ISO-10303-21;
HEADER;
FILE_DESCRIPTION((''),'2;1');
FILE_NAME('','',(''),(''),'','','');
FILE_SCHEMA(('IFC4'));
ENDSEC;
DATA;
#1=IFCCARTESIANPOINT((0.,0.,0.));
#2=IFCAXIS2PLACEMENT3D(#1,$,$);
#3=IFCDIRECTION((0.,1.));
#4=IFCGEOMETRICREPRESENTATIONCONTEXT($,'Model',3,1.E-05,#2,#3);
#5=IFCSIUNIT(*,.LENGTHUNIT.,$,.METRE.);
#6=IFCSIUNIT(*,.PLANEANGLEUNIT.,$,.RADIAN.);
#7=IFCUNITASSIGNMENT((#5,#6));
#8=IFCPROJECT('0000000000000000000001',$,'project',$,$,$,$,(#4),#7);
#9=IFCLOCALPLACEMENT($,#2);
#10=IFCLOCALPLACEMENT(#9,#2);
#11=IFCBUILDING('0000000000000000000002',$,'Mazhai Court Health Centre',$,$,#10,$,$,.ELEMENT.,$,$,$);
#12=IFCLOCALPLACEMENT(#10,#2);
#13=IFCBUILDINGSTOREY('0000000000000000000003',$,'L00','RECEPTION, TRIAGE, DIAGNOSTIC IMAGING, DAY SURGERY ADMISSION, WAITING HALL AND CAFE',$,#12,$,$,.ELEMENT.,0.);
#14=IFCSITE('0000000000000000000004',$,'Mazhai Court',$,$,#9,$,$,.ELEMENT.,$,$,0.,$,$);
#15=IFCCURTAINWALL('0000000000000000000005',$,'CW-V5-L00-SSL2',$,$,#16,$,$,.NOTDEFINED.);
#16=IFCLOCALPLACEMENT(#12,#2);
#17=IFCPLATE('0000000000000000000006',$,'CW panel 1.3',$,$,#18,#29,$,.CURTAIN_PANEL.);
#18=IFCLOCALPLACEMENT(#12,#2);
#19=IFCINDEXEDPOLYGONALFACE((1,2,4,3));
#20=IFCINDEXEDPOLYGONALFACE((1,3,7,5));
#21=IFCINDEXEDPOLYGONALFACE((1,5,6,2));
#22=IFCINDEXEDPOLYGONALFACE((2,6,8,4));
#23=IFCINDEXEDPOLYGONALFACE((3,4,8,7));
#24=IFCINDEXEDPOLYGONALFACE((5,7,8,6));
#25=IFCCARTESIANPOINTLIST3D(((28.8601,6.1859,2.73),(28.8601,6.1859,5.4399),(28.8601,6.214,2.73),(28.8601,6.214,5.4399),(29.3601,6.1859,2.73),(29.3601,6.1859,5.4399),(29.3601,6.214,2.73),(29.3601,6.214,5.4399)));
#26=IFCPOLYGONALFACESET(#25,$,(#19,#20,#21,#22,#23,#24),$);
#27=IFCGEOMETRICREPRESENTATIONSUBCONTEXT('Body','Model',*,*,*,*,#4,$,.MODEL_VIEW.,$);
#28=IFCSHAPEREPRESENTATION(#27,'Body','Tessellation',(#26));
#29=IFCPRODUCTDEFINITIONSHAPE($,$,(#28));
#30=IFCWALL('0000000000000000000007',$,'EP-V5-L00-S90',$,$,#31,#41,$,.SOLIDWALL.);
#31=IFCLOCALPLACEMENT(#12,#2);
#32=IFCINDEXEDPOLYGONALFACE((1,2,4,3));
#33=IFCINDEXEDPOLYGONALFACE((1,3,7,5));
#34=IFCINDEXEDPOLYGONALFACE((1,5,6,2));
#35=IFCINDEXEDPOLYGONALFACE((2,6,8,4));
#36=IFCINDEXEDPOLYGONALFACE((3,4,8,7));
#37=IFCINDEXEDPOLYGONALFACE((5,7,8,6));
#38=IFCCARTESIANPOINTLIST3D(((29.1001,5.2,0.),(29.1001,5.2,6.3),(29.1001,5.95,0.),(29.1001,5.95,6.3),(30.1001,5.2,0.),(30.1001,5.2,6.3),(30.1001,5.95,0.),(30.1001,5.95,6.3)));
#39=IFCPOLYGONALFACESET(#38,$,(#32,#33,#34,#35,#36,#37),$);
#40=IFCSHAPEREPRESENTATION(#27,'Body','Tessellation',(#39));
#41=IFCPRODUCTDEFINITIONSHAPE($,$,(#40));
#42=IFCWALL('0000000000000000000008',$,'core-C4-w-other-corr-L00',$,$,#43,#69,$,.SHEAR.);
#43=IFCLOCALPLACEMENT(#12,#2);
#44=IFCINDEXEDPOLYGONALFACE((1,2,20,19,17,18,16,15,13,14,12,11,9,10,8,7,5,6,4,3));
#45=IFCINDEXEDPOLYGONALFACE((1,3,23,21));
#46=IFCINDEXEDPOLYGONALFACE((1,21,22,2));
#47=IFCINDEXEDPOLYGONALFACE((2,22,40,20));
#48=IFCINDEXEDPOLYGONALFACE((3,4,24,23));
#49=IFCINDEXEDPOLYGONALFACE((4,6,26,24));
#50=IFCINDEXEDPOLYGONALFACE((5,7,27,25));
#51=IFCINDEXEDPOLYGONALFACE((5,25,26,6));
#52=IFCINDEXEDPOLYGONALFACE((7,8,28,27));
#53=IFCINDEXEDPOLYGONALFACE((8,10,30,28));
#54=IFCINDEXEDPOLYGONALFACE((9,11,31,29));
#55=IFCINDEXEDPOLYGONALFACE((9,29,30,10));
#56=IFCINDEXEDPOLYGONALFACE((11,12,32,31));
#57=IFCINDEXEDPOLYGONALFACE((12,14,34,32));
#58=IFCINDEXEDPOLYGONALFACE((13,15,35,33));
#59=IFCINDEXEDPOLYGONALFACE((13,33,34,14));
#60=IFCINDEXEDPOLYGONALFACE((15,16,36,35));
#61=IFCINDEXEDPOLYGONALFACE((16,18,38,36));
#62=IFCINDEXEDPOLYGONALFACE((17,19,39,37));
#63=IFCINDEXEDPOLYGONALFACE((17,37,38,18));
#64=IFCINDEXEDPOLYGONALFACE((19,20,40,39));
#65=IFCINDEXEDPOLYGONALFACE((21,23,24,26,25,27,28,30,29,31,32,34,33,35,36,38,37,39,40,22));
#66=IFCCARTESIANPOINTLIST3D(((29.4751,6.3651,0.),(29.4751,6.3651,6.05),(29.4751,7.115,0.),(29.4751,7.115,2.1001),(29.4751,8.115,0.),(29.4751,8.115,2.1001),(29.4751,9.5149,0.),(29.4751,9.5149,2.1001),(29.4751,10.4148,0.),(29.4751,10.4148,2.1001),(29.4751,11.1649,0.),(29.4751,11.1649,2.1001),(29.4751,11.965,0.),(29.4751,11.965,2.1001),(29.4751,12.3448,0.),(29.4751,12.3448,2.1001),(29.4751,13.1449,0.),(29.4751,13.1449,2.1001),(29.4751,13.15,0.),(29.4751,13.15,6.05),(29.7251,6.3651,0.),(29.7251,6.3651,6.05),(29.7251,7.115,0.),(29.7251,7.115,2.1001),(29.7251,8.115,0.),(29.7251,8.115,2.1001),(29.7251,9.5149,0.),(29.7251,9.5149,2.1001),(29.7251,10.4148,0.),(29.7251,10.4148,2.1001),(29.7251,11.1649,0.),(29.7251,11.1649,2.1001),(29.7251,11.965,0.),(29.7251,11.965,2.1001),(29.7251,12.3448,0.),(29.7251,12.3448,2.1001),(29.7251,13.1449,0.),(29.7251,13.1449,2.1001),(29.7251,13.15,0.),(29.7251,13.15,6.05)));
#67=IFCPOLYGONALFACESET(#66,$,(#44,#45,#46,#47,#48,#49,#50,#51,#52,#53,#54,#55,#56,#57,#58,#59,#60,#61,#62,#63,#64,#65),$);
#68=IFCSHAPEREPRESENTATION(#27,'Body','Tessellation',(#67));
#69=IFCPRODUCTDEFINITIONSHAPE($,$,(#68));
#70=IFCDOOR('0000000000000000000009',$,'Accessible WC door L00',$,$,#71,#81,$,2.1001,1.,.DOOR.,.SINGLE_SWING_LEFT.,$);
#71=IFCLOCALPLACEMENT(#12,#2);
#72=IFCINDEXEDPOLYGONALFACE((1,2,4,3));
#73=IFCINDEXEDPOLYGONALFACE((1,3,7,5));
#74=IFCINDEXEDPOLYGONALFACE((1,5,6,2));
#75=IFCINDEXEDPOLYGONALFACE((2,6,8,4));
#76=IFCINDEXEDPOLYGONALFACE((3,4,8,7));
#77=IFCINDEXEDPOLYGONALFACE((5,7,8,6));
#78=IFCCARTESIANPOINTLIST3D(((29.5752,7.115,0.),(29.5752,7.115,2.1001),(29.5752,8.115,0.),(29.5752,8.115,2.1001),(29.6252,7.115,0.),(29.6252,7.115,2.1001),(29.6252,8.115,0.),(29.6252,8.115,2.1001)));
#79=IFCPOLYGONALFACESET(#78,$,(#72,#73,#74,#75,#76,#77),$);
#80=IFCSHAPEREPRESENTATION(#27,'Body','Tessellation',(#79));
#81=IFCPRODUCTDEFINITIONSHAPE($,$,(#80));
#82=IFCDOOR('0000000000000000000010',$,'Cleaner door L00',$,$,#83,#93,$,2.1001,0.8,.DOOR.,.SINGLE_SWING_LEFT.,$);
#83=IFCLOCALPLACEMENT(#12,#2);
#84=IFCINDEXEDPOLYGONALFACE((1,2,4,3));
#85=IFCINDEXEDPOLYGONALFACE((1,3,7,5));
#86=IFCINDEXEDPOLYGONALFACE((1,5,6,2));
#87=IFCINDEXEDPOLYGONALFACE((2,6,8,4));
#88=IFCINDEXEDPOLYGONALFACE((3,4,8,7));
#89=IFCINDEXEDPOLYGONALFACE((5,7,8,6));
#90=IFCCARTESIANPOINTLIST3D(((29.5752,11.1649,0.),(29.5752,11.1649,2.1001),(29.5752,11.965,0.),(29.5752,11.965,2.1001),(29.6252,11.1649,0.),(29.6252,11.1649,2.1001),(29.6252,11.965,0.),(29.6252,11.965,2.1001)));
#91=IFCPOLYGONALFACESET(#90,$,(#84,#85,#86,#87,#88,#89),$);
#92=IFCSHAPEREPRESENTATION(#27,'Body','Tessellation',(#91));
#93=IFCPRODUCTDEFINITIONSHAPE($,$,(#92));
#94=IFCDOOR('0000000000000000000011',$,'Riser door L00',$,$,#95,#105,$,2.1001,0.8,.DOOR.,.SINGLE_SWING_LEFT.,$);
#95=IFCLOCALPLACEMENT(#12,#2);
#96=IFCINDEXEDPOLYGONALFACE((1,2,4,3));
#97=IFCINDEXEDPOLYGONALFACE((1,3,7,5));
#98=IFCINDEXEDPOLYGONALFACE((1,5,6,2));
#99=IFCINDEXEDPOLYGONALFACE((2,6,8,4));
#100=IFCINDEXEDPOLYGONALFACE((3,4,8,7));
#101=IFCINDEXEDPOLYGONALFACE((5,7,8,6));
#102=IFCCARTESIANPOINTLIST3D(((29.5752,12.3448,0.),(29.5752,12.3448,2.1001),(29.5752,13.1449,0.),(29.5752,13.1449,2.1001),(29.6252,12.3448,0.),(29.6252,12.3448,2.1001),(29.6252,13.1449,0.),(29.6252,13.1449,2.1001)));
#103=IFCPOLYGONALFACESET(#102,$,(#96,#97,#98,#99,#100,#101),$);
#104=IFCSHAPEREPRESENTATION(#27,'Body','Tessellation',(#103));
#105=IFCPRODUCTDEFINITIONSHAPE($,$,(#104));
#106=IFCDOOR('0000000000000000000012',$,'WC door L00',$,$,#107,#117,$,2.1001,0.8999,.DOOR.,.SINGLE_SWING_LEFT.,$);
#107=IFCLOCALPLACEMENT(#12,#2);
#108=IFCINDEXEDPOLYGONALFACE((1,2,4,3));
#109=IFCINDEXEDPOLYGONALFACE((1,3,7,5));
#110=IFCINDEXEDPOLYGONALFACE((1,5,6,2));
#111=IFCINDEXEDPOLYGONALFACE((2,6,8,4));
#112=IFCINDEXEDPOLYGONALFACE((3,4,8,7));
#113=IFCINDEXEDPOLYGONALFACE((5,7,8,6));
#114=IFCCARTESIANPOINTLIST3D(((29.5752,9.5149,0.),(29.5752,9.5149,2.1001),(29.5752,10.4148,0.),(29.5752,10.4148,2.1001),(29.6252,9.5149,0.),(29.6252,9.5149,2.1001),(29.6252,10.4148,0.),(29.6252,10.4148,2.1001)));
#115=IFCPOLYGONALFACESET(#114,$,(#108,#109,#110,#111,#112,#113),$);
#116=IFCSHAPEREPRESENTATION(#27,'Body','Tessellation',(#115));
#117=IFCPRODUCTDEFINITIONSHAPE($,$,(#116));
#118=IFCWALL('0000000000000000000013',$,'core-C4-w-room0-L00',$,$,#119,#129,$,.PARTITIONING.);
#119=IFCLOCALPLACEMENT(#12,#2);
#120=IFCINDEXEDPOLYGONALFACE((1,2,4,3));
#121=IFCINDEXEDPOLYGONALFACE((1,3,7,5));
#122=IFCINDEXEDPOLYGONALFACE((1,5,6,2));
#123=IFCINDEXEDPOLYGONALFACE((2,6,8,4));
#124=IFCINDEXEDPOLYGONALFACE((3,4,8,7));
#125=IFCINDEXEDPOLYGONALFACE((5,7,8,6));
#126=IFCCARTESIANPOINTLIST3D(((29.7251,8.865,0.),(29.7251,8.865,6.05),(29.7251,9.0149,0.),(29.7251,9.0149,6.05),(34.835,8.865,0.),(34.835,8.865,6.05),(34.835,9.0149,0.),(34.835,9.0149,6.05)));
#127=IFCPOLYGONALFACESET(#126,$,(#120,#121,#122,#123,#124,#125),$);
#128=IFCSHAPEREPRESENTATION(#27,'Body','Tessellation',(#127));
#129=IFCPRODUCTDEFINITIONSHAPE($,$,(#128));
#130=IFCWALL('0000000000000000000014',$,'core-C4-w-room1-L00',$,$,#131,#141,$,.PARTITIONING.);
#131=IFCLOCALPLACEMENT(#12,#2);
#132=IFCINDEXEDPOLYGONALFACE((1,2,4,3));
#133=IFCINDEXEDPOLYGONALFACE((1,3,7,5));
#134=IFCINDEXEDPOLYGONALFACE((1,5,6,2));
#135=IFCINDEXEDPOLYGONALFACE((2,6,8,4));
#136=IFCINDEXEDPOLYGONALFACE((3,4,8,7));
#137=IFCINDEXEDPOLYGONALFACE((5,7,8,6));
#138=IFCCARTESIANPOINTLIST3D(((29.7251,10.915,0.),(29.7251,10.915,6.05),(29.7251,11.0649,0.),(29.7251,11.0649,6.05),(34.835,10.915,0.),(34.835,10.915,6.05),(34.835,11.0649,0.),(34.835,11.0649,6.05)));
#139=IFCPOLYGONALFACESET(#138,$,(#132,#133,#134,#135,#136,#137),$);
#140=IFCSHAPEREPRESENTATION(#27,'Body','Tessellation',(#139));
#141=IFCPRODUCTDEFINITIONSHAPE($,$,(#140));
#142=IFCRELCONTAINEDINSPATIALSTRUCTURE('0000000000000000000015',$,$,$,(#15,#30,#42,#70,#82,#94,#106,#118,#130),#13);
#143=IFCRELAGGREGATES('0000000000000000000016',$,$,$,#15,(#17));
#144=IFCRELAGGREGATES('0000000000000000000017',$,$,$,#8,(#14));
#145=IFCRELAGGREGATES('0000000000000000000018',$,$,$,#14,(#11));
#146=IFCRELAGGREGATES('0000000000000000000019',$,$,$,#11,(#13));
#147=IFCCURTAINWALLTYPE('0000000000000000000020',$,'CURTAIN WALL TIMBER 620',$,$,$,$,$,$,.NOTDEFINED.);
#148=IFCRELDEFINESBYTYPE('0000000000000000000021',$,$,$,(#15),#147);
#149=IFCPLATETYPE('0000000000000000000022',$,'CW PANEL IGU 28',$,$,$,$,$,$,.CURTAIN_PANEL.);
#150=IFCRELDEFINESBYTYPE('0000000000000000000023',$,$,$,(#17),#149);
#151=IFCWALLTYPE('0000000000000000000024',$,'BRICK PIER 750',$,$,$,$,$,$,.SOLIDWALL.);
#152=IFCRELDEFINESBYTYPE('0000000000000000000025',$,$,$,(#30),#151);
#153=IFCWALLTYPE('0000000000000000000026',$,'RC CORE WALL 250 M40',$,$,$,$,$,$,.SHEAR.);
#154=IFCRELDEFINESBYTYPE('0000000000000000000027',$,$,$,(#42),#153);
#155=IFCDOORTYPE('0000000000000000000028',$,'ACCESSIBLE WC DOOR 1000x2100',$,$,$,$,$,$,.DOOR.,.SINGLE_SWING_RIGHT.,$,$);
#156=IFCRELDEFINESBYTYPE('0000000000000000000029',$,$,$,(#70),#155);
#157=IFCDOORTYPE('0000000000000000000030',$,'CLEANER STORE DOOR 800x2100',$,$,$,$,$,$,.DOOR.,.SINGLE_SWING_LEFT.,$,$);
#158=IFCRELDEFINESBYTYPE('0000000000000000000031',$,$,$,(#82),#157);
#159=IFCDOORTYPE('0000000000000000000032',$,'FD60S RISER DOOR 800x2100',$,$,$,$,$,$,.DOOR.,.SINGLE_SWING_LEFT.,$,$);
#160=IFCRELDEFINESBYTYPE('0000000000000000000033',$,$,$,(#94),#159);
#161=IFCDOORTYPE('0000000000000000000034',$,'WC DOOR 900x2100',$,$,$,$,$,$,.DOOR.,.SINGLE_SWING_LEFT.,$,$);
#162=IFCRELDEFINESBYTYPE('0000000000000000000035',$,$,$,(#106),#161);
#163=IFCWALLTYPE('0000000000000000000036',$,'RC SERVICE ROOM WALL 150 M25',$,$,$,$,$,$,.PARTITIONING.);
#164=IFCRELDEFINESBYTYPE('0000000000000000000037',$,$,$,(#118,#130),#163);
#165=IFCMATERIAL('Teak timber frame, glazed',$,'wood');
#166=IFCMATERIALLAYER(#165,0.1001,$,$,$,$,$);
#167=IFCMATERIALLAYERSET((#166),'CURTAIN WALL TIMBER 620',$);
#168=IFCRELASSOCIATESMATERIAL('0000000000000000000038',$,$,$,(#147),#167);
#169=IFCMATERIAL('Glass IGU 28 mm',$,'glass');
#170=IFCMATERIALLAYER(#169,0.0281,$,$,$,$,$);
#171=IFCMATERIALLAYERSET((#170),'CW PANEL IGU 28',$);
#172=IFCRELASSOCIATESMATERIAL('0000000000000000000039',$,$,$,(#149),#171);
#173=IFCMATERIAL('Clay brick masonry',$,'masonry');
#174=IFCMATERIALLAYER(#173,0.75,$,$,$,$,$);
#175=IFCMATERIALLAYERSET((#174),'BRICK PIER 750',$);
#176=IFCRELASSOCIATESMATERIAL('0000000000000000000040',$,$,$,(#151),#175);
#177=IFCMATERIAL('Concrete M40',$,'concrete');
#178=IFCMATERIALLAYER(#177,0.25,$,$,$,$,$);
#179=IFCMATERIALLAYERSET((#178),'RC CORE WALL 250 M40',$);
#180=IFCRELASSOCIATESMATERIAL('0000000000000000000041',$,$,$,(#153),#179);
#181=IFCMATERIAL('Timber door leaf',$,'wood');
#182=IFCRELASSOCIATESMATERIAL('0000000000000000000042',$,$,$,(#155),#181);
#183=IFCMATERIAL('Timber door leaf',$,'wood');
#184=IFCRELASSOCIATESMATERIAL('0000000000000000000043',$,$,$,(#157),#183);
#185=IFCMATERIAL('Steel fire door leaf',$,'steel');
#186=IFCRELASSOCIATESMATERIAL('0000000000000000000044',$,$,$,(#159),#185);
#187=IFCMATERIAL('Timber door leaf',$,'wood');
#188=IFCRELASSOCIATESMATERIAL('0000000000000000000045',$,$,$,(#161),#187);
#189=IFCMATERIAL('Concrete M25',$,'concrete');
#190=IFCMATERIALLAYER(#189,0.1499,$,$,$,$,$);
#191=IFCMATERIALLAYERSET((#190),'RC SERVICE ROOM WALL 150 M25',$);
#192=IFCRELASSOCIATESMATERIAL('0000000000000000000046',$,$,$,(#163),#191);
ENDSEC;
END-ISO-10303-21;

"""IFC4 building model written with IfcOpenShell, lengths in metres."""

from ifc_helpers import new_model, si_unit, direction, frame, frame_2d, origin, origin_2d, place, context, subcontext, project, spatial, rectangle, extrude, material, layer, layer_set, type_object, element, fill, aggregate, save


model = new_model("IFC4")

# Units and contexts
model_context = context("Model", 3, precision=1e-05, world=origin(), true_north=direction((0.0, 1.0)))
body_context = subcontext(model_context, "Body", "Model", "MODEL_VIEW")
ifc_project = project(units=[si_unit("LENGTHUNIT", "METRE"), si_unit("PLANEANGLEUNIT", "RADIAN")], contexts=[model_context])

# Site, building, storey
site_placement = place(None, origin())
site = spatial("IfcSite", under=ifc_project, at=site_placement, Name="Mazhai Court", CompositionType="ELEMENT", RefElevation=0.0)
building_placement = place(site_placement, origin())
building = spatial("IfcBuilding", under=site, at=building_placement, Name="Mazhai Court Health Centre", CompositionType="ELEMENT")
storey_placement = place(building_placement, origin())
storey = spatial("IfcBuildingStorey", under=building, at=storey_placement, Name="L00", Description="RECEPTION, TRIAGE, DIAGNOSTIC IMAGING, DAY SURGERY ADMISSION, WAITING HALL AND CAFE", CompositionType="ELEMENT", Elevation=0.0)

# Shared definitions
ifc_material_1 = material(Name="Teak timber frame, glazed", Category="wood")
ifc_layer_1 = layer(ifc_material_1, 0.1001)
ifc_layer_set_1 = layer_set([ifc_layer_1], Name="CURTAIN WALL TIMBER 620")
curtain_wall_type = type_object("IfcCurtainWallType", Name="CURTAIN WALL TIMBER 620", PredefinedType="NOTDEFINED", material=ifc_layer_set_1)

# Curtain wall, plate
curtain_wall_1_placement = place(storey_placement, origin())
curtain_wall_1 = element("IfcCurtainWall", 1, at=curtain_wall_1_placement, inside=storey, type_object=curtain_wall_type, Name="CW-V5-L00-SSL2", PredefinedType="NOTDEFINED")
ifc_material_2 = material(Name="Glass IGU 28 mm", Category="glass")
ifc_layer_2 = layer(ifc_material_2, 0.0281)
ifc_layer_set_2 = layer_set([ifc_layer_2], Name="CW PANEL IGU 28")
plate_type = type_object("IfcPlateType", Name="CW PANEL IGU 28", PredefinedType="CURTAIN_PANEL", material=ifc_layer_set_2)
plate_1_placement = place(storey_placement, frame((29.1101, 6.2, 2.73), z_axis=(0.0, 0.0, 1.0), x_axis=(-1.0, 0.0, 0.0)))
plate_1 = element("IfcPlate", 2, at=plate_1_placement, type_object=plate_type, Name="CW panel 1.3", PredefinedType="CURTAIN_PANEL", context=body_context, shape_type="SweptSolid", body=[
    extrude(rectangle(XDim=0.5, YDim=0.0281, at=origin_2d()), origin(), (0.0, 0.0, 1.0), 2.71),
])
aggregate(curtain_wall_1, [plate_1])

# Wall
ifc_material_3 = material(Name="Clay brick masonry", Category="masonry")
ifc_layer_3 = layer(ifc_material_3, 0.75)
ifc_layer_set_3 = layer_set([ifc_layer_3], Name="BRICK PIER 750")
wall_type_1 = type_object("IfcWallType", Name="BRICK PIER 750", PredefinedType="SOLIDWALL", material=ifc_layer_set_3)
wall_1_placement = place(storey_placement, frame((30.1001, 5.575, 0.0), z_axis=(0.0, 0.0, 1.0), x_axis=(-1.0, 0.0, 0.0)))
element("IfcWall", 3, at=wall_1_placement, inside=storey, type_object=wall_type_1, Name="EP-V5-L00-S90", PredefinedType="SOLIDWALL", context=body_context, shape_type="SweptSolid", body=[
    extrude(rectangle(XDim=1.0, YDim=0.75, at=frame_2d((0.5, 0.0))), origin(), (0.0, 0.0, 1.0), 6.3),
])

# Wall, openings, doors
ifc_material_4 = material(Name="Concrete M40", Category="concrete")
ifc_layer_4 = layer(ifc_material_4, 0.25)
ifc_layer_set_4 = layer_set([ifc_layer_4], Name="RC CORE WALL 250 M40")
wall_type_2 = type_object("IfcWallType", Name="RC CORE WALL 250 M40", PredefinedType="SHEAR", material=ifc_layer_set_4)
wall_2_placement = place(storey_placement, frame((29.6001, 6.365, 0.0), z_axis=(0.0, 0.0, 1.0), x_axis=(0.0, 1.0, 0.0)))
wall_2 = element("IfcWall", 4, at=wall_2_placement, inside=storey, type_object=wall_type_2, Name="core-C4-w-other-corr-L00", PredefinedType="SHEAR", context=body_context, shape_type="SweptSolid", body=[
    extrude(rectangle(XDim=6.7849, YDim=0.25, at=frame_2d((3.3926, 0.0))), origin(), (0.0, 0.0, 1.0), 6.05),
])
opening_1_placement = place(wall_2_placement, frame((0.75, 0.0, 0.0)))
opening_1 = element("IfcOpeningElement", 5, at=opening_1_placement, cuts=wall_2, PredefinedType="OPENING", context=body_context, shape_type="SweptSolid", body=[
    extrude(rectangle(XDim=1.0, YDim=2.1001, at=frame_2d((0.5, 1.05))), frame((0.0, 0.135, 0.0), z_axis=(0.0, -1.0, 0.0), x_axis=(1.0, 0.0, 0.0)), (0.0, 0.0, 1.0), 0.27),
])
opening_2_placement = place(wall_2_placement, frame((3.1499, 0.0, 0.0)))
opening_2 = element("IfcOpeningElement", 6, at=opening_2_placement, cuts=wall_2, PredefinedType="OPENING", context=body_context, shape_type="SweptSolid", body=[
    extrude(rectangle(XDim=0.8999, YDim=2.1001, at=frame_2d((0.45, 1.05))), frame((0.0, 0.135, 0.0), z_axis=(0.0, -1.0, 0.0), x_axis=(1.0, 0.0, 0.0)), (0.0, 0.0, 1.0), 0.27),
])
opening_3_placement = place(wall_2_placement, frame((4.8, 0.0, 0.0)))
opening_3 = element("IfcOpeningElement", 7, at=opening_3_placement, cuts=wall_2, PredefinedType="OPENING", context=body_context, shape_type="SweptSolid", body=[
    extrude(rectangle(XDim=0.8, YDim=2.1001, at=frame_2d((0.3999, 1.05))), frame((0.0, 0.135, 0.0), z_axis=(0.0, -1.0, 0.0), x_axis=(1.0, 0.0, 0.0)), (0.0, 0.0, 1.0), 0.27),
])
opening_4_placement = place(wall_2_placement, frame((5.98, 0.0, 0.0)))
opening_4 = element("IfcOpeningElement", 8, at=opening_4_placement, cuts=wall_2, PredefinedType="OPENING", context=body_context, shape_type="SweptSolid", body=[
    extrude(rectangle(XDim=0.8, YDim=2.1001, at=frame_2d((0.3999, 1.05))), frame((0.0, 0.135, 0.0), z_axis=(0.0, -1.0, 0.0), x_axis=(1.0, 0.0, 0.0)), (0.0, 0.0, 1.0), 0.27),
])
ifc_material_5 = material(Name="Timber door leaf", Category="wood")
door_type_1 = type_object("IfcDoorType", Name="ACCESSIBLE WC DOOR 1000x2100", OperationType="SINGLE_SWING_RIGHT", PredefinedType="DOOR", material=ifc_material_5)
door_1_placement = place(opening_1_placement, origin())
door_1 = element("IfcDoor", 9, at=door_1_placement, inside=storey, type_object=door_type_1, Name="Accessible WC door L00", OperationType="SINGLE_SWING_LEFT", OverallHeight=2.1001, OverallWidth=1.0, PredefinedType="DOOR", context=body_context, shape_type="SweptSolid", body=[
    extrude(rectangle(XDim=1.0, YDim=2.1001, at=frame_2d((0.5, 1.05))), frame((0.0, 0.0249, 0.0), z_axis=(0.0, -1.0, 0.0), x_axis=(1.0, 0.0, 0.0)), (0.0, 0.0, 1.0), 0.05),
])
fill(opening_1, door_1)
ifc_material_6 = material(Name="Timber door leaf", Category="wood")
door_type_2 = type_object("IfcDoorType", Name="CLEANER STORE DOOR 800x2100", OperationType="SINGLE_SWING_LEFT", PredefinedType="DOOR", material=ifc_material_6)
door_2_placement = place(opening_3_placement, origin())
door_2 = element("IfcDoor", 10, at=door_2_placement, inside=storey, type_object=door_type_2, Name="Cleaner door L00", OperationType="SINGLE_SWING_LEFT", OverallHeight=2.1001, OverallWidth=0.8, PredefinedType="DOOR", context=body_context, shape_type="SweptSolid", body=[
    extrude(rectangle(XDim=0.8, YDim=2.1001, at=frame_2d((0.3999, 1.05))), frame((0.0, 0.0249, 0.0), z_axis=(0.0, -1.0, 0.0), x_axis=(1.0, 0.0, 0.0)), (0.0, 0.0, 1.0), 0.05),
])
fill(opening_3, door_2)
ifc_material_7 = material(Name="Steel fire door leaf", Category="steel")
door_type_3 = type_object("IfcDoorType", Name="FD60S RISER DOOR 800x2100", OperationType="SINGLE_SWING_LEFT", PredefinedType="DOOR", material=ifc_material_7)
door_3_placement = place(opening_4_placement, origin())
door_3 = element("IfcDoor", 11, at=door_3_placement, inside=storey, type_object=door_type_3, Name="Riser door L00", OperationType="SINGLE_SWING_LEFT", OverallHeight=2.1001, OverallWidth=0.8, PredefinedType="DOOR", context=body_context, shape_type="SweptSolid", body=[
    extrude(rectangle(XDim=0.8, YDim=2.1001, at=frame_2d((0.3999, 1.05))), frame((0.0, 0.0249, 0.0), z_axis=(0.0, -1.0, 0.0), x_axis=(1.0, 0.0, 0.0)), (0.0, 0.0, 1.0), 0.05),
])
fill(opening_4, door_3)
ifc_material_8 = material(Name="Timber door leaf", Category="wood")
door_type_4 = type_object("IfcDoorType", Name="WC DOOR 900x2100", OperationType="SINGLE_SWING_LEFT", PredefinedType="DOOR", material=ifc_material_8)
door_4_placement = place(opening_2_placement, origin())
door_4 = element("IfcDoor", 12, at=door_4_placement, inside=storey, type_object=door_type_4, Name="WC door L00", OperationType="SINGLE_SWING_LEFT", OverallHeight=2.1001, OverallWidth=0.8999, PredefinedType="DOOR", context=body_context, shape_type="SweptSolid", body=[
    extrude(rectangle(XDim=0.8999, YDim=2.1001, at=frame_2d((0.45, 1.05))), frame((0.0, 0.0249, 0.0), z_axis=(0.0, -1.0, 0.0), x_axis=(1.0, 0.0, 0.0)), (0.0, 0.0, 1.0), 0.05),
])
fill(opening_2, door_4)

# Walls
ifc_material_9 = material(Name="Concrete M25", Category="concrete")
ifc_layer_5 = layer(ifc_material_9, 0.1499)
ifc_layer_set_5 = layer_set([ifc_layer_5], Name="RC SERVICE ROOM WALL 150 M25")
wall_type_3 = type_object("IfcWallType", Name="RC SERVICE ROOM WALL 150 M25", PredefinedType="PARTITIONING", material=ifc_layer_set_5)
for number, where, z_axis, x_axis, name in (
    (13, (29.7251, 8.9399, 0.0), (0.0, 0.0, 1.0), (1.0, 0.0, 0.0), "core-C4-w-room0-L00"),
    (14, (29.7251, 10.99, 0.0), (0.0, 0.0, 1.0), (1.0, 0.0, 0.0), "core-C4-w-room1-L00"),
):
    element("IfcWall", number, at=place(storey_placement, frame(where, z_axis=z_axis, x_axis=x_axis)), inside=storey, type_object=wall_type_3, Name=name, PredefinedType="PARTITIONING", context=body_context, shape_type="SweptSolid", body=[
        extrude(rectangle(XDim=5.1099, YDim=0.1499, at=frame_2d((2.5549, 0.0))), origin(), (0.0, 0.0, 1.0), 6.05),
    ])

save(model, "model.ifc")
